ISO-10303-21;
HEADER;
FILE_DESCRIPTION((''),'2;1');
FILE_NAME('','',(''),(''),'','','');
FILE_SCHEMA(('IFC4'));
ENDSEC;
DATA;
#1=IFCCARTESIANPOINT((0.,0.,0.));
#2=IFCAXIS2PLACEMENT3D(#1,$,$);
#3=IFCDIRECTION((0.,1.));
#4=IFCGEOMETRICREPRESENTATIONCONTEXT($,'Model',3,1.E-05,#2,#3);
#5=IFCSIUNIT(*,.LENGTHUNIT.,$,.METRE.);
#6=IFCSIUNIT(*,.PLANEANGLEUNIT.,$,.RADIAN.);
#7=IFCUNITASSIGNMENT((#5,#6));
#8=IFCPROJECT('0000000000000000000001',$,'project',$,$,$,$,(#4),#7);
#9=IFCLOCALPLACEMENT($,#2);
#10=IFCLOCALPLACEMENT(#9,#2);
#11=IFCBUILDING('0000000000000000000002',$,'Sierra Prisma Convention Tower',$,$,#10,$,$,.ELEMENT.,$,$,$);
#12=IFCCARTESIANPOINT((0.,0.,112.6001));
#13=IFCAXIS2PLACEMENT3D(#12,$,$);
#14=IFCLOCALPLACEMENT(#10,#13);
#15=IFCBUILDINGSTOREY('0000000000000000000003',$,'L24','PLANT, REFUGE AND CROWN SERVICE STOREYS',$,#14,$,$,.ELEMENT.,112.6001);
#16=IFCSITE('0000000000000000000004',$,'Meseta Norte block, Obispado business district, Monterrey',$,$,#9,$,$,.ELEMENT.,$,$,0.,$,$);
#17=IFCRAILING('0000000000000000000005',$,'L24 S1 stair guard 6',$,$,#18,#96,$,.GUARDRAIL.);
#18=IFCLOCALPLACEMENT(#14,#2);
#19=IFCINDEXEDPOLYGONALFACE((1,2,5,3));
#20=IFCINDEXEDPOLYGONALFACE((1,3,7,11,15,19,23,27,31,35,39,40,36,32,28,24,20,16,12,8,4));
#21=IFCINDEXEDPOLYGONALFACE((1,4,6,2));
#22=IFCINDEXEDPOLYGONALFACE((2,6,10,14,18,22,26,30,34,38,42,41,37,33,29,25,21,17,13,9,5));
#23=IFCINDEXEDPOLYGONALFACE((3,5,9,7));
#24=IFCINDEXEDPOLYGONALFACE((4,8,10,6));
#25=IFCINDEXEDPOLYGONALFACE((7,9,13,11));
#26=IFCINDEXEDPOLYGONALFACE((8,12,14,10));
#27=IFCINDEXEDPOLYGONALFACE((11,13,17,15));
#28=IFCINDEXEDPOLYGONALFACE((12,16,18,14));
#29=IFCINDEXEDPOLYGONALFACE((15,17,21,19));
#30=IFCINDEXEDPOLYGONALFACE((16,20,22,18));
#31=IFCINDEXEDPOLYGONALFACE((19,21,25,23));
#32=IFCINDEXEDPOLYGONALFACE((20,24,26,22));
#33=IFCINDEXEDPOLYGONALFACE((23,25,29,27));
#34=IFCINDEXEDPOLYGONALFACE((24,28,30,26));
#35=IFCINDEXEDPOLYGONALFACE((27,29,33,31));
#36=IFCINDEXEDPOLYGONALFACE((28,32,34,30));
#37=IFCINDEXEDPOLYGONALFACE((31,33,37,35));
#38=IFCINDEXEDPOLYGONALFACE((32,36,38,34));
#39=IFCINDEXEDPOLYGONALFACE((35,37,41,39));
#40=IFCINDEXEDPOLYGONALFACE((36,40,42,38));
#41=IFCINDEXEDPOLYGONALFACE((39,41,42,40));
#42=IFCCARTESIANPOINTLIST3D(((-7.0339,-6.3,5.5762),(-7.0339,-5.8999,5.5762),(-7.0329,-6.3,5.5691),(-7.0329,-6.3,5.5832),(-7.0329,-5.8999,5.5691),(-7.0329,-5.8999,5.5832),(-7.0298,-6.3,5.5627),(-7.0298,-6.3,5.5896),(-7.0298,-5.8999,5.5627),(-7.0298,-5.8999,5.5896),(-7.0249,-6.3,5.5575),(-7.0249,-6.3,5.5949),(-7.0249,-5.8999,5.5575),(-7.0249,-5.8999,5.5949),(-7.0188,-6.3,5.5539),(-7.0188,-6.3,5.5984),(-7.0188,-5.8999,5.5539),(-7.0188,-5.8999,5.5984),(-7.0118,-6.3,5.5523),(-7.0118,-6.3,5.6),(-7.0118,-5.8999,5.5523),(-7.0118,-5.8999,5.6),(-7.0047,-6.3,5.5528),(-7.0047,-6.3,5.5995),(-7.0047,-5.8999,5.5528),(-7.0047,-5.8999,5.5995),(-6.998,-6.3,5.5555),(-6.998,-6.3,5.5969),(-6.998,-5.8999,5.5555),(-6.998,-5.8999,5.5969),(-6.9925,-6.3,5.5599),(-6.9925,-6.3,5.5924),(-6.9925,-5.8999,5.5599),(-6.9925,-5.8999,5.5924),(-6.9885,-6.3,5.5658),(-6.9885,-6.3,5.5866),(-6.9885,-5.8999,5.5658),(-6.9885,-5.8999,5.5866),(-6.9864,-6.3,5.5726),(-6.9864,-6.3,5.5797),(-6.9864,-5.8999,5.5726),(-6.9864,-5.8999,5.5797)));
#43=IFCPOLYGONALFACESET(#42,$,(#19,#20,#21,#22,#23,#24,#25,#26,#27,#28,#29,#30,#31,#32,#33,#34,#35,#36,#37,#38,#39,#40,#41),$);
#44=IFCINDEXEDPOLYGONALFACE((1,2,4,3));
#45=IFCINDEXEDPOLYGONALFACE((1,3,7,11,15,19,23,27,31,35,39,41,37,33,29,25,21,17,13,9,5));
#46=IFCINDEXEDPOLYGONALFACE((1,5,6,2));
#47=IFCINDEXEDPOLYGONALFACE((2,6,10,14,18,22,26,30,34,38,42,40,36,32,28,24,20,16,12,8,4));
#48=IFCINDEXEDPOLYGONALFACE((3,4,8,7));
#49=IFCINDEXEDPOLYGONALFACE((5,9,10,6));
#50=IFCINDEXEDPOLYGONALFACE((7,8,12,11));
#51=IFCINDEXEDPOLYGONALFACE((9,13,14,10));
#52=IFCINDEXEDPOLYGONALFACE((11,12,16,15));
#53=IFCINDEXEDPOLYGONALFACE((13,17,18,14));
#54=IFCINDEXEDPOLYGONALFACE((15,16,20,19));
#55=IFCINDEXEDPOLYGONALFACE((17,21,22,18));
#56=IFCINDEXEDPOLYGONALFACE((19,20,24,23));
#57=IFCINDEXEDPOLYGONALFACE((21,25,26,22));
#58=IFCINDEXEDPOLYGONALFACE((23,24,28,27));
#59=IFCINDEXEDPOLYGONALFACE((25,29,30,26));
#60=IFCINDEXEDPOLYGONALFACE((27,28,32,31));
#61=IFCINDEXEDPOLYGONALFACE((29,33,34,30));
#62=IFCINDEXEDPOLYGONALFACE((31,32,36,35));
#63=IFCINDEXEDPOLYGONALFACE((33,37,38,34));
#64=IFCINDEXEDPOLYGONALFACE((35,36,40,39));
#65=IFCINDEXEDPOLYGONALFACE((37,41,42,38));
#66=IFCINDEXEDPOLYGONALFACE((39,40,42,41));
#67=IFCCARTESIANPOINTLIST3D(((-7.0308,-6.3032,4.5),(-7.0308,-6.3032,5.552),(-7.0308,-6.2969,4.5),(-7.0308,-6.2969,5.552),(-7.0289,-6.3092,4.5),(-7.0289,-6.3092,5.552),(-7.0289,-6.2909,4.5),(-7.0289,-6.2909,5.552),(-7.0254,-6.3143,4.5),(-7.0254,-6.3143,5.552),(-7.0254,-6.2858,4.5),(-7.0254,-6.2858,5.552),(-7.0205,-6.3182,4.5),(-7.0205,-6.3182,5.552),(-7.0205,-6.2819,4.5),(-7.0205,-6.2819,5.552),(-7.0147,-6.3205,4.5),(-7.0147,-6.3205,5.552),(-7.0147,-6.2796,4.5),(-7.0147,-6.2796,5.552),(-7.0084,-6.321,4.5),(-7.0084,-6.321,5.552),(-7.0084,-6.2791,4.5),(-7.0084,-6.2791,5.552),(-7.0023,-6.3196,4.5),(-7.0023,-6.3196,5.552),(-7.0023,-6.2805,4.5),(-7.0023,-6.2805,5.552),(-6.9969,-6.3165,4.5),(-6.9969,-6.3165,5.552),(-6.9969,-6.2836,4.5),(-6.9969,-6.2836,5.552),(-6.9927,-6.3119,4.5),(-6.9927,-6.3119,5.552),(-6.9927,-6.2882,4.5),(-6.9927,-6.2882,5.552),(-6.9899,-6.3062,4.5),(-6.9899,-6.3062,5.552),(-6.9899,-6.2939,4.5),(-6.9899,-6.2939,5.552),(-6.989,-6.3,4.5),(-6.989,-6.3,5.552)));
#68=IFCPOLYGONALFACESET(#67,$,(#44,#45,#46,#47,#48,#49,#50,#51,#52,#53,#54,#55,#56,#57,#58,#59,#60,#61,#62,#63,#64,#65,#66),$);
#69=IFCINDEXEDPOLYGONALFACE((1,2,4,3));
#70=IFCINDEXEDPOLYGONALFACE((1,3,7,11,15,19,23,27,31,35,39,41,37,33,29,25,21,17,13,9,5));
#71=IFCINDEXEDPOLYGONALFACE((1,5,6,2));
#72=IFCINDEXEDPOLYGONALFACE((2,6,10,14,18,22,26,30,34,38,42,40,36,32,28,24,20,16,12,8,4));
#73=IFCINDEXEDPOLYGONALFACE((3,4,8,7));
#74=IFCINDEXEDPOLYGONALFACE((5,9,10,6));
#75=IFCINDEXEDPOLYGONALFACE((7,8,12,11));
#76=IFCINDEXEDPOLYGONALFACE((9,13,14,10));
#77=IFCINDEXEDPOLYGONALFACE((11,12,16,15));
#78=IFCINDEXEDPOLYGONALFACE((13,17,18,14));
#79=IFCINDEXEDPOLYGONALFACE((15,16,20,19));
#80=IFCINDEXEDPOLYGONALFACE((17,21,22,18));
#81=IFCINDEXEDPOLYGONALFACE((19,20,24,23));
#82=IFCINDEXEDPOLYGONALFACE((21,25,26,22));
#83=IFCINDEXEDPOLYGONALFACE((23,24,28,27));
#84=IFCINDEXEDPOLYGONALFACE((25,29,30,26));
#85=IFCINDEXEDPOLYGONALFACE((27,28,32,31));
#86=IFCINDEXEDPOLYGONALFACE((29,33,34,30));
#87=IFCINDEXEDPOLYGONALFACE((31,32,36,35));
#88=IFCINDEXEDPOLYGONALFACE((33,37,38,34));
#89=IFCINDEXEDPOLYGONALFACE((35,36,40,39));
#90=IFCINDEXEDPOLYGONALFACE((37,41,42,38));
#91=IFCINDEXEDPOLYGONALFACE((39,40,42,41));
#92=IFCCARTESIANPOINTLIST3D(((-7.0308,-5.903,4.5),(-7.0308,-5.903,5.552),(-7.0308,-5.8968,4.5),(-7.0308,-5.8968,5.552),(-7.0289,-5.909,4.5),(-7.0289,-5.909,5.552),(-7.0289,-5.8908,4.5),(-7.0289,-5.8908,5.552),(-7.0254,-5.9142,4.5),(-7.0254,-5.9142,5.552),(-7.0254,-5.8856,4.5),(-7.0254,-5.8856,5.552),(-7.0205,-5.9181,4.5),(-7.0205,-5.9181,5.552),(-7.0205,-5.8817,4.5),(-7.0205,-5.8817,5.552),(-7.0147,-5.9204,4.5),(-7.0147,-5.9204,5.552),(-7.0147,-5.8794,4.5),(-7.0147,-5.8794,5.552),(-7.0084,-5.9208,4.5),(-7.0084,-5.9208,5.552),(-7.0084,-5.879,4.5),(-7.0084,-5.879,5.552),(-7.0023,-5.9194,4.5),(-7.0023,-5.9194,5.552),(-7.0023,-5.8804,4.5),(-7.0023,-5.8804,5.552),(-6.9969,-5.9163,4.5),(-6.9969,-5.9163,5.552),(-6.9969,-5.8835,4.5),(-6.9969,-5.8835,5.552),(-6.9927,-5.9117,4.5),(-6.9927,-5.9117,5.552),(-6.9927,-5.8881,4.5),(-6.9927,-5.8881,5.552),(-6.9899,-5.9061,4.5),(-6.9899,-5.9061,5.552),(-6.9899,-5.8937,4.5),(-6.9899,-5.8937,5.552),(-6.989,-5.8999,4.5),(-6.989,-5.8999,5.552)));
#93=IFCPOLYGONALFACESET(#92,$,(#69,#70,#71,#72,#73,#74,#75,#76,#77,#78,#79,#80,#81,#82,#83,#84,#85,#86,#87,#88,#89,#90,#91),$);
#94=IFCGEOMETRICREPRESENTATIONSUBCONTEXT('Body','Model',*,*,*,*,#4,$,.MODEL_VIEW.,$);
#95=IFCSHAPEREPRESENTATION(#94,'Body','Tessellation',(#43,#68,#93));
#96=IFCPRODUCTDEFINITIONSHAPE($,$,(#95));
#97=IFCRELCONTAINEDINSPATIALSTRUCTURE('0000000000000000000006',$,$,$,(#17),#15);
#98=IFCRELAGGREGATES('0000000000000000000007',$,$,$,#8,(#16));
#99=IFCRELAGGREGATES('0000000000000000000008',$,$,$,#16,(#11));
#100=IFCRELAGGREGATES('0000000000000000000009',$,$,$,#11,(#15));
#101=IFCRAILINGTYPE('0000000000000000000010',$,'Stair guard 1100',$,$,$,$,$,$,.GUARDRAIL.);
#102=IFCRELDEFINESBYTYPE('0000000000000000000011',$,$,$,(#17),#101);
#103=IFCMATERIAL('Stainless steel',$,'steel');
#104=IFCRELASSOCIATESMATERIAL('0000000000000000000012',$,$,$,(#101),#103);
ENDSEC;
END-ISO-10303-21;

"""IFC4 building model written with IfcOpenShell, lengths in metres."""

from ifc_helpers import new_model, si_unit, direction, frame, origin, origin_2d, place, context, subcontext, project, spatial, circle, extrude, material, type_object, element, save


model = new_model("IFC4")

# Units and contexts
model_context = context("Model", 3, precision=1e-05, world=origin(), true_north=direction((0.0, 1.0)))
body_context = subcontext(model_context, "Body", "Model", "MODEL_VIEW")
ifc_project = project(units=[si_unit("LENGTHUNIT", "METRE"), si_unit("PLANEANGLEUNIT", "RADIAN")], contexts=[model_context])

# Site, building, storey
site_placement = place(None, origin())
site = spatial("IfcSite", under=ifc_project, at=site_placement, Name="Meseta Norte block, Obispado business district, Monterrey", CompositionType="ELEMENT", RefElevation=0.0)
building_placement = place(site_placement, origin())
building = spatial("IfcBuilding", under=site, at=building_placement, Name="Sierra Prisma Convention Tower", CompositionType="ELEMENT")
storey_placement = place(building_placement, frame((0.0, 0.0, 112.6001)))
storey = spatial("IfcBuildingStorey", under=building, at=storey_placement, Name="L24", Description="PLANT, REFUGE AND CROWN SERVICE STOREYS", CompositionType="ELEMENT", Elevation=112.6001)

# Railing
ifc_material_1 = material(Name="Stainless steel", Category="steel")
railing_type_1 = type_object("IfcRailingType", Name="Stair guard 1100", PredefinedType="GUARDRAIL", material=ifc_material_1)
railing_1_placement = place(storey_placement, frame((-7.01, -6.3, 4.5)))
element("IfcRailing", 1, at=railing_1_placement, inside=storey, type_object=railing_type_1, Name="L24 S1 stair guard 6", PredefinedType="GUARDRAIL", context=body_context, shape_type="SweptSolid", body=[
    extrude(circle(Radius=0.0239, at=origin_2d()), frame((0.0, 0.0, 1.0762), z_axis=(0.0, 1.0, 0.0), x_axis=(-1.0, 0.0, 0.0)), (0.0, 0.0, 1.0), 0.4001),
    extrude(circle(Radius=0.021, at=origin_2d()), origin(), (0.0, 0.0, 1.0), 1.052),
    extrude(circle(Radius=0.021, at=origin_2d()), frame((0.0, 0.4001, 0.0)), (0.0, 0.0, 1.0), 1.052),
])

save(model, "model.ifc")
